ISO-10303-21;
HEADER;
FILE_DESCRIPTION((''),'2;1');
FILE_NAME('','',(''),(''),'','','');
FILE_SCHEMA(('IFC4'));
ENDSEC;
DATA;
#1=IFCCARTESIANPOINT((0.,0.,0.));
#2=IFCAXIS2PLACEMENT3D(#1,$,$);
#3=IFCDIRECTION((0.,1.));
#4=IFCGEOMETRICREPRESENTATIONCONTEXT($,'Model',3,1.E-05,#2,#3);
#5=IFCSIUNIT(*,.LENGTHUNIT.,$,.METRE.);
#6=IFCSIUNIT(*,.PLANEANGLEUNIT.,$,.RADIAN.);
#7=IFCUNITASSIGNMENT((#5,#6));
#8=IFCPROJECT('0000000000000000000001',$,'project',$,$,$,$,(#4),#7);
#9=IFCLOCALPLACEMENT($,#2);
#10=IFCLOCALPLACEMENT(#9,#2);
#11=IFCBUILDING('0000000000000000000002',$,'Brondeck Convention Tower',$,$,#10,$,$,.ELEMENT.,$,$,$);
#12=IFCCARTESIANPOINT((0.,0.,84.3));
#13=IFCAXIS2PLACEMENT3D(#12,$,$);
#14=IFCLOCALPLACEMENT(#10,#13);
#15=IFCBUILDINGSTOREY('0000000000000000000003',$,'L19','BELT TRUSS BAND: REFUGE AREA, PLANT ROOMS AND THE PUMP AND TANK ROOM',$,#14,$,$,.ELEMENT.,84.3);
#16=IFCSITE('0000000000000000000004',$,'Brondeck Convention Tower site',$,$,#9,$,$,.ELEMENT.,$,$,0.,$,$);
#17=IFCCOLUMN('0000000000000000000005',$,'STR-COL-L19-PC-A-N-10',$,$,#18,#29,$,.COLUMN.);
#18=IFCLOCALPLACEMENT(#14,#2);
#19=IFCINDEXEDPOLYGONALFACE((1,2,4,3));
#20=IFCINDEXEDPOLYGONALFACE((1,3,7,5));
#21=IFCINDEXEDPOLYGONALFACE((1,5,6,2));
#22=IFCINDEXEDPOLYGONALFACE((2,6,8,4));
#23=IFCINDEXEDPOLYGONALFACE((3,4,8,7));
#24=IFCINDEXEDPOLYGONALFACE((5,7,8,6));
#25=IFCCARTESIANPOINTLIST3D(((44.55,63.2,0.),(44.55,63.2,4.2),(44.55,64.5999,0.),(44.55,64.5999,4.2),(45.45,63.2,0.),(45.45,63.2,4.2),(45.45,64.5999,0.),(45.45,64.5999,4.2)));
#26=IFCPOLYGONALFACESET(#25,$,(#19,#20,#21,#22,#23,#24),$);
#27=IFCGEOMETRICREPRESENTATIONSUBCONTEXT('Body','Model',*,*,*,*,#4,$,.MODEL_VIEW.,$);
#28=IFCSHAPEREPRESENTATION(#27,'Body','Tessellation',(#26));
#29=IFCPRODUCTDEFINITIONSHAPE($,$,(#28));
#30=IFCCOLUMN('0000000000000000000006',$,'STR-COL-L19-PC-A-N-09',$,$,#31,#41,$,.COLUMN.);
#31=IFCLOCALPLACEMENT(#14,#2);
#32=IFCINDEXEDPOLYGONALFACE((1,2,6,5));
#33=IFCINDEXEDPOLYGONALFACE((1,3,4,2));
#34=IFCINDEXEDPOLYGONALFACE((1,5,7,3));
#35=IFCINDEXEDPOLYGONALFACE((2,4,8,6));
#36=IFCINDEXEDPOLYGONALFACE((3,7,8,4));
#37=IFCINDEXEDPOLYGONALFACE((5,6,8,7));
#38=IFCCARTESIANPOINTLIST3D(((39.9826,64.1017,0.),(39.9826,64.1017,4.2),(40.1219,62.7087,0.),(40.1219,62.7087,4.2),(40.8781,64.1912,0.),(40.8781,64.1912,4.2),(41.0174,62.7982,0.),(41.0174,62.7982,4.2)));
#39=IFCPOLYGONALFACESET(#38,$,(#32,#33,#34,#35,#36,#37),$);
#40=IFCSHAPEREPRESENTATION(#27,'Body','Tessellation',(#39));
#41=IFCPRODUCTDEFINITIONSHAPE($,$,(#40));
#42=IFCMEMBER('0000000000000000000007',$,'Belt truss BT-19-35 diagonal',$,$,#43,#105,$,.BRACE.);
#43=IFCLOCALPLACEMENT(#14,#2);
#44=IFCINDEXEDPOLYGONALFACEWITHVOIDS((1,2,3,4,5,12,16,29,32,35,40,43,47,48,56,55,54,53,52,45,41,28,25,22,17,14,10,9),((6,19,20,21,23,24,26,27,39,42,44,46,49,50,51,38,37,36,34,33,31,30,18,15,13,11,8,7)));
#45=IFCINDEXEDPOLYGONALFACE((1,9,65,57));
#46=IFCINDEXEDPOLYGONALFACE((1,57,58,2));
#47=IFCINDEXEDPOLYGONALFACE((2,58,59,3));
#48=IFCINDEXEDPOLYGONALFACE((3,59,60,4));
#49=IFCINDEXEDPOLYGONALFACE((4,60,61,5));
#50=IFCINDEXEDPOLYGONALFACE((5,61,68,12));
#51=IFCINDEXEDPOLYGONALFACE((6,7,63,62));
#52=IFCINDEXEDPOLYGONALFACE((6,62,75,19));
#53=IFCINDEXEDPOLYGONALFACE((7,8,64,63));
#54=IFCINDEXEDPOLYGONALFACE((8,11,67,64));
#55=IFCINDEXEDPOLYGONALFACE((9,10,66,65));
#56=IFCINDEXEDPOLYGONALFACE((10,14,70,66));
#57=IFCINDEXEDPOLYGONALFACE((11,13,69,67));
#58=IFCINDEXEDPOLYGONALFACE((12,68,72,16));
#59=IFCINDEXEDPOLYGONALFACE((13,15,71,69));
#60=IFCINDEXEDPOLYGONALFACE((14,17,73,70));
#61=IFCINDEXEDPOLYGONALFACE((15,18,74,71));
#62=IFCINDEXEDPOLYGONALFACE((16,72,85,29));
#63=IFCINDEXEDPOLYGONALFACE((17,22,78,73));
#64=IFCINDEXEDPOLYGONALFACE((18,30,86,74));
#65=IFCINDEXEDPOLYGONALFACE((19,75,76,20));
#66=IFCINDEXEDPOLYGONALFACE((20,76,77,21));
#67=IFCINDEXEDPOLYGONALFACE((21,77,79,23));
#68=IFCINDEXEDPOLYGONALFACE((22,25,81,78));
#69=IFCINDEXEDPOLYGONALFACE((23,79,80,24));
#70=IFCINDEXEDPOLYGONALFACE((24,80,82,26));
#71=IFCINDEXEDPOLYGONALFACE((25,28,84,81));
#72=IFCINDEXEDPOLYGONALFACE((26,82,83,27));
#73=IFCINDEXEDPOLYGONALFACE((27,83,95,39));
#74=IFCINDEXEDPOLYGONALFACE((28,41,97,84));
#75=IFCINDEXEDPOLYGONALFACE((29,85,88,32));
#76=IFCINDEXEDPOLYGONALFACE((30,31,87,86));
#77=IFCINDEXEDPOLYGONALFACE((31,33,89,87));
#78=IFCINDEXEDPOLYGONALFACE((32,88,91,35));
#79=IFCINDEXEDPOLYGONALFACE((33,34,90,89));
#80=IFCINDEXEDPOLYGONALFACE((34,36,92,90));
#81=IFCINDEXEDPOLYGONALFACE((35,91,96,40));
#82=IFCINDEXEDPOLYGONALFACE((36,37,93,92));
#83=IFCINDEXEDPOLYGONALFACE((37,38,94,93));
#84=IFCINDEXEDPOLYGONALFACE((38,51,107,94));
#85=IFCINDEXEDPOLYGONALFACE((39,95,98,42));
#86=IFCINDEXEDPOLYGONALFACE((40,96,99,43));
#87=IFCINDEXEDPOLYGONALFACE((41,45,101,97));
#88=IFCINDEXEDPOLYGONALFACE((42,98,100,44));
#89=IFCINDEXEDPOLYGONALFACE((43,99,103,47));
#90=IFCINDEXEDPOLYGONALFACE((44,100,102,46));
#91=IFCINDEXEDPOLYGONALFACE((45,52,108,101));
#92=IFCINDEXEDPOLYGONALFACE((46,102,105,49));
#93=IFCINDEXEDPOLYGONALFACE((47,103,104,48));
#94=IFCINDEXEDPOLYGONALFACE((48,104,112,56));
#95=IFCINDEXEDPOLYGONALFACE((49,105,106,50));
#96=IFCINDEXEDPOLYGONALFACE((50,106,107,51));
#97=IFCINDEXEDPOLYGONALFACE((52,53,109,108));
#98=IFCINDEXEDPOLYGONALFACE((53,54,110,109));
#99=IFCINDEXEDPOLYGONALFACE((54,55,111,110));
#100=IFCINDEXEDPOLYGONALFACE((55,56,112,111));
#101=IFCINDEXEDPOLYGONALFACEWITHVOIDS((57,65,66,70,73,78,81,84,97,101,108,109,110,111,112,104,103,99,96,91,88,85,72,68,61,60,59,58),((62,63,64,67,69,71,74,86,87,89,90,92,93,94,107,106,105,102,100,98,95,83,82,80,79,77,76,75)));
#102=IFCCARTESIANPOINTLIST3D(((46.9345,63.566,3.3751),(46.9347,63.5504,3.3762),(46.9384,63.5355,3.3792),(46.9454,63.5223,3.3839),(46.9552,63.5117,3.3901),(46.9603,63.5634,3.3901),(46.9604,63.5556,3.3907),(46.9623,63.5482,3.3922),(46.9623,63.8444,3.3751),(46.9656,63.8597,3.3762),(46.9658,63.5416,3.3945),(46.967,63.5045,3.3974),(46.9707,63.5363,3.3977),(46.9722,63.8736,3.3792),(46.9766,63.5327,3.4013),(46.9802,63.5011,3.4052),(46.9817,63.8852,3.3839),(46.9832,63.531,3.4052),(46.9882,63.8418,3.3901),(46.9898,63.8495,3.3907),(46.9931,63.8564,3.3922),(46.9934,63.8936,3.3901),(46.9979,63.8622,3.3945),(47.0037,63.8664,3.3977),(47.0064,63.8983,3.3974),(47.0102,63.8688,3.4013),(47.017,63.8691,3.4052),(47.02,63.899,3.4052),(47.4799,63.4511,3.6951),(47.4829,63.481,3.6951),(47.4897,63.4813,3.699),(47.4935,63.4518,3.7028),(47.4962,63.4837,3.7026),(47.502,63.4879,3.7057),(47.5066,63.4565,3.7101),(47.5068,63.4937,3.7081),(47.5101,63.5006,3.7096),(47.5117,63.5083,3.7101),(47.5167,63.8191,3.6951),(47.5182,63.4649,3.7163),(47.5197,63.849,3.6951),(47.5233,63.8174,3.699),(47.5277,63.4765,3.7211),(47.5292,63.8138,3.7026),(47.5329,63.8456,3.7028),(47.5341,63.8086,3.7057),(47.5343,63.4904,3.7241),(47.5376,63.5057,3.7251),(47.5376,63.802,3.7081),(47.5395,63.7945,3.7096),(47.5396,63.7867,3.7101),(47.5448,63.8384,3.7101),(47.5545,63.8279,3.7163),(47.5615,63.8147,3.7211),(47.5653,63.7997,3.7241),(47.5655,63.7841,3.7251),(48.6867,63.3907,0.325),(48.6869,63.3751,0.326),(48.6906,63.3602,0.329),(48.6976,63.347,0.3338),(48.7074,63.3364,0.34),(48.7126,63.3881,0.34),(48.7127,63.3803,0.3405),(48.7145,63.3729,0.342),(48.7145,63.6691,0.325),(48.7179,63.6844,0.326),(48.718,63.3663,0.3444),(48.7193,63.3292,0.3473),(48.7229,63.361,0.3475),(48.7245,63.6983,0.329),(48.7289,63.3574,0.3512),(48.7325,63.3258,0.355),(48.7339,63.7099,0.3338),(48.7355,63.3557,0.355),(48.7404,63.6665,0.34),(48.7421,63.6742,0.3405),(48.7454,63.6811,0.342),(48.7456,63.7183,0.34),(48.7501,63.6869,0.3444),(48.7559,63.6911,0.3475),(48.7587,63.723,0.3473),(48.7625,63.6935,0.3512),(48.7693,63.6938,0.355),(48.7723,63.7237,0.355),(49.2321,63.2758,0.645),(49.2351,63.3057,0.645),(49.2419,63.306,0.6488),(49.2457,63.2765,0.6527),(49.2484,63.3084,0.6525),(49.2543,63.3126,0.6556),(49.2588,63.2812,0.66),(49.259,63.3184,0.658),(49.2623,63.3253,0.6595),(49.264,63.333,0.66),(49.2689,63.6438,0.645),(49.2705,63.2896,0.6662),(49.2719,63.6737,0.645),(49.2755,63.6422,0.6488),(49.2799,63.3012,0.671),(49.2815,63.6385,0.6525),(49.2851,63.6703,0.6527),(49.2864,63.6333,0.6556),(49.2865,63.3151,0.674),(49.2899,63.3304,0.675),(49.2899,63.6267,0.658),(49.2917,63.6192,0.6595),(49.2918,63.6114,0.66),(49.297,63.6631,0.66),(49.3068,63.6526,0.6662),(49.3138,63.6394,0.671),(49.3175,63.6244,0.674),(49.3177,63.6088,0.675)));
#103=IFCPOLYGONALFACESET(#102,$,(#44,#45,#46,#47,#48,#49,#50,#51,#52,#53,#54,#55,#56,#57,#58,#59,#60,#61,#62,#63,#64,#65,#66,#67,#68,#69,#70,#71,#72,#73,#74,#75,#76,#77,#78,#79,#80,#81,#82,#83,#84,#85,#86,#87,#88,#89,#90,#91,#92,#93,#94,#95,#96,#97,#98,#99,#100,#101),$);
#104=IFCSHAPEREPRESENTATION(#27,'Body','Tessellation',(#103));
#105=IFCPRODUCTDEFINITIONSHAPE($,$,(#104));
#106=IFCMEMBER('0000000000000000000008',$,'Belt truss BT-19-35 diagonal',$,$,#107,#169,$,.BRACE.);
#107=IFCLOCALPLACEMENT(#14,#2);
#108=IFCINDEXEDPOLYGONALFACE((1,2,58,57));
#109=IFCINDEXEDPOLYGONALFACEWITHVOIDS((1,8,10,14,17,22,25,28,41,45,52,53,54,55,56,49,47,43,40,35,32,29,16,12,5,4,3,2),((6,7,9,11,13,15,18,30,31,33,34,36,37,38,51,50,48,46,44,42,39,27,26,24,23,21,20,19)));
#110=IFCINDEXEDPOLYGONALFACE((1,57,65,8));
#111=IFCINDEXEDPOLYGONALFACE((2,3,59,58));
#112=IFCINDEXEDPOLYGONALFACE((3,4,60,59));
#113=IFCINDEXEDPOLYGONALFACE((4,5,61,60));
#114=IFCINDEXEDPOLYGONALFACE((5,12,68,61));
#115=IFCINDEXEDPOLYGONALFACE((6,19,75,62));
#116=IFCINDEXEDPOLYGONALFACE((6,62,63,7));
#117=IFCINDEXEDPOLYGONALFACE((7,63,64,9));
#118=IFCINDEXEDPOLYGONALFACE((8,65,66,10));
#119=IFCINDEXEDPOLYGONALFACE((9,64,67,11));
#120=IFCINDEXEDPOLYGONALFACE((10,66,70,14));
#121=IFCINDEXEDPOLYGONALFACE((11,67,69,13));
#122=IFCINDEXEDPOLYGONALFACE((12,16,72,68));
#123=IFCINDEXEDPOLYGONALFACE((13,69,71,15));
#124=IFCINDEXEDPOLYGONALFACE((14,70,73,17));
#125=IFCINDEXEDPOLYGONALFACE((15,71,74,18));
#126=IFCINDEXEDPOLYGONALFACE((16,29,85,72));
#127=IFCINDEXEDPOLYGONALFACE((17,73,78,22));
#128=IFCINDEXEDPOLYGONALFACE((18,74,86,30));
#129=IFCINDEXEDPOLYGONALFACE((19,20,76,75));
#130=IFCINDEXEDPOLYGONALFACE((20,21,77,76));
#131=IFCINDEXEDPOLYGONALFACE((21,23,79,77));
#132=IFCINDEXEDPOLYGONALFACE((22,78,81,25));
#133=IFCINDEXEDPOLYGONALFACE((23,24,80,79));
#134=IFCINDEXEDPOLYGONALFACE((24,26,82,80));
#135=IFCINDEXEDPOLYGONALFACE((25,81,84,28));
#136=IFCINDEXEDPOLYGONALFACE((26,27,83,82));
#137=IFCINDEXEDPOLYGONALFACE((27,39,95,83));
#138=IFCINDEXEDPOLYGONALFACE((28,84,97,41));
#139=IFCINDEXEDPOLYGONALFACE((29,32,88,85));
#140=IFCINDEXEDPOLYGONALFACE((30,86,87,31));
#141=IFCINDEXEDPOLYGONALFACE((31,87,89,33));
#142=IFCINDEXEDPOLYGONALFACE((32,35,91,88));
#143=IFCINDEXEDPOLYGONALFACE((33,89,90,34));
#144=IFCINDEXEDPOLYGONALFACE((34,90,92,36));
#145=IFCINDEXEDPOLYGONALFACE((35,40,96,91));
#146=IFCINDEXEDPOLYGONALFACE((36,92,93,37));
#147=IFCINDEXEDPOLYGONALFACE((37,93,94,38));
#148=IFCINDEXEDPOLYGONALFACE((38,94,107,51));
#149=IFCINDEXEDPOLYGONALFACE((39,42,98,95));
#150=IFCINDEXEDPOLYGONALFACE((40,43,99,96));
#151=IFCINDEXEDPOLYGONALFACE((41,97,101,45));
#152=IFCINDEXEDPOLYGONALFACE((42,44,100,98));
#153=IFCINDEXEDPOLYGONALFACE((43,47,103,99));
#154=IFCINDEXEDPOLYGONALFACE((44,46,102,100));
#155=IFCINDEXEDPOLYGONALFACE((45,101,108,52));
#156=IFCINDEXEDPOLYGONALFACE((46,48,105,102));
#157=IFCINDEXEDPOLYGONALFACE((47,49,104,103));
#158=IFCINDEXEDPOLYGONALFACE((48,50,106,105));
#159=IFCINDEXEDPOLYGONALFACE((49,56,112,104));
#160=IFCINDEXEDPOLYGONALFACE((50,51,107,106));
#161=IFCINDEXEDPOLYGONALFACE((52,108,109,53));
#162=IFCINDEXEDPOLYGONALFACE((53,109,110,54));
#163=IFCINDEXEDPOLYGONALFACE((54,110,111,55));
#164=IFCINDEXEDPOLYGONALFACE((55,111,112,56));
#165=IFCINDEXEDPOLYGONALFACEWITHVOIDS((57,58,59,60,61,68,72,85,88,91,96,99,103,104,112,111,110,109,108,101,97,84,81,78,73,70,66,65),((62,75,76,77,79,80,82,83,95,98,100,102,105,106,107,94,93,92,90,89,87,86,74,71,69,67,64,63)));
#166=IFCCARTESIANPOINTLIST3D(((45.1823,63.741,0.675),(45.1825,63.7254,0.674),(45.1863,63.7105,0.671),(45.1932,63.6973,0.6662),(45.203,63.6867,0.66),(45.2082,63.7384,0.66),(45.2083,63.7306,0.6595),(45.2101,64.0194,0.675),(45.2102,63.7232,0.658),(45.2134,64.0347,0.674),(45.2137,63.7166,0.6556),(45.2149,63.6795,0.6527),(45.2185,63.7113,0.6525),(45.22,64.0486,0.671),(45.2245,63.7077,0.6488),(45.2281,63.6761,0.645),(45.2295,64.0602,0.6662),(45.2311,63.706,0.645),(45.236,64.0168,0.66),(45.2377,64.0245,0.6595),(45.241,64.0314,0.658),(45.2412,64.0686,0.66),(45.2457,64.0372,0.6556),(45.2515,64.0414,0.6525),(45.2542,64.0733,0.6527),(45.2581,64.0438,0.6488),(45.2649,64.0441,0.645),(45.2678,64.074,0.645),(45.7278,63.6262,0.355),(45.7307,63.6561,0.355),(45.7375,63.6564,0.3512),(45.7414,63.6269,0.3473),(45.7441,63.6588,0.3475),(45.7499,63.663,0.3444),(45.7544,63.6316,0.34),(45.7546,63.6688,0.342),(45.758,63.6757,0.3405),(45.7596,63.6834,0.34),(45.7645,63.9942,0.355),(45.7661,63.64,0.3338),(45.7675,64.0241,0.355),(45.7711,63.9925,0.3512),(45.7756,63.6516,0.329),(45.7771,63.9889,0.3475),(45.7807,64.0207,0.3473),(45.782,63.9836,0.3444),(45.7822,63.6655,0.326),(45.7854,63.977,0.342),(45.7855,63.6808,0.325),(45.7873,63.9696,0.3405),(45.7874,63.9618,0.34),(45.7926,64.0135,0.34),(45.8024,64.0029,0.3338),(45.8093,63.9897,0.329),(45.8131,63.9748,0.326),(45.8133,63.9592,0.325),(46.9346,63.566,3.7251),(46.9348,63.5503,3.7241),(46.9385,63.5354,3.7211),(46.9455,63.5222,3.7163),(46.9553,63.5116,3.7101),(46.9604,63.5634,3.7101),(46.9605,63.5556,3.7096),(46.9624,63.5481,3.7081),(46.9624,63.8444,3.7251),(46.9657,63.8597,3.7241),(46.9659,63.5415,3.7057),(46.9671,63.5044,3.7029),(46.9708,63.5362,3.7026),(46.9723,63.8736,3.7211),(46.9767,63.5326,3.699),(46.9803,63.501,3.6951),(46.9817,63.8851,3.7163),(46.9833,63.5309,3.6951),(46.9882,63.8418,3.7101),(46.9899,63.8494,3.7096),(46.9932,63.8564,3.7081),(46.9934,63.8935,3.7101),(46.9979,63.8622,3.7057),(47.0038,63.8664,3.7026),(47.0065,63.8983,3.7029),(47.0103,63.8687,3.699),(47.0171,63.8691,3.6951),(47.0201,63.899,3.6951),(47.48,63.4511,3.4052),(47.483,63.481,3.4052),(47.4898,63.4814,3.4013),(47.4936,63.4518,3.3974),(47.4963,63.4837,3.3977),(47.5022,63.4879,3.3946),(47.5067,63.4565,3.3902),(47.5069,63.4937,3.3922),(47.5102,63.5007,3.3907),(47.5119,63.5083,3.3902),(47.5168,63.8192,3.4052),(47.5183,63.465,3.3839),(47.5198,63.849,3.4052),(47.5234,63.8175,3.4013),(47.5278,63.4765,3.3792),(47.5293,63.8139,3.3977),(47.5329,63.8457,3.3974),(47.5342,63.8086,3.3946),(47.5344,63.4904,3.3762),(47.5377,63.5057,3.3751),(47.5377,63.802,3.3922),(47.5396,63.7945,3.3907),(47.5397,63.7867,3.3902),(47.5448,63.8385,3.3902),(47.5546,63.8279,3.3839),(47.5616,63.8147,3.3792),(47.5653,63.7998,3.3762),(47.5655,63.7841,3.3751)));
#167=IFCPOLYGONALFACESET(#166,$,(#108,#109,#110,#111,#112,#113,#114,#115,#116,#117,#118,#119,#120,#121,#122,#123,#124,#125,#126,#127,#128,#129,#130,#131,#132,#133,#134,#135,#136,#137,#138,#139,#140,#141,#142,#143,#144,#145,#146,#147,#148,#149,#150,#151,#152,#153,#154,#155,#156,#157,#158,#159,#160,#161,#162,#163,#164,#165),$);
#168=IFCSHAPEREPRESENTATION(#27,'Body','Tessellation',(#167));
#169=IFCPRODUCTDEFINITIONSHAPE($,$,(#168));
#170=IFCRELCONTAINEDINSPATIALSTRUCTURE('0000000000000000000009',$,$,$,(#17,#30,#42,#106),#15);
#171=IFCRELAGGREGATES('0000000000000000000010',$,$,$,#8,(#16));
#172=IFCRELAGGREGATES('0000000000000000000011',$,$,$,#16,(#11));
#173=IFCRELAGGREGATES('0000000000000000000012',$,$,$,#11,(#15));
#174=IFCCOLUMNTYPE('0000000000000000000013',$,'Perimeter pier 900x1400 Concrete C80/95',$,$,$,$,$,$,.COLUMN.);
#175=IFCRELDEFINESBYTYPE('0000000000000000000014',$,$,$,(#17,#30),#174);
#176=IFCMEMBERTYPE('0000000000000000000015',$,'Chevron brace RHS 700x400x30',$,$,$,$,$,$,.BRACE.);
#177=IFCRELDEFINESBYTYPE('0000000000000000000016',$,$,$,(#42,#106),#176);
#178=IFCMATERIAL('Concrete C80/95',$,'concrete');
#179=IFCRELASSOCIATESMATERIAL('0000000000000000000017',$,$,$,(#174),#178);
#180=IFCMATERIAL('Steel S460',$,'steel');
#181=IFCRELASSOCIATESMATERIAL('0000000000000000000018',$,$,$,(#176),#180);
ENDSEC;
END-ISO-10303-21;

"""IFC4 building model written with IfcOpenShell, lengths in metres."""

from ifc_helpers import new_model, si_unit, direction, frame, origin, origin_2d, place, context, subcontext, project, spatial, rectangle, hollow_rectangle, extrude, material, material_profile, profile_set, type_object, element, save


model = new_model("IFC4")

# Units and contexts
model_context = context("Model", 3, precision=1e-05, world=origin(), true_north=direction((0.0, 1.0)))
body_context = subcontext(model_context, "Body", "Model", "MODEL_VIEW")
ifc_project = project(units=[si_unit("LENGTHUNIT", "METRE"), si_unit("PLANEANGLEUNIT", "RADIAN")], contexts=[model_context])

# Site, building, storey
site_placement = place(None, origin())
site = spatial("IfcSite", under=ifc_project, at=site_placement, Name="Brondeck Convention Tower site", CompositionType="ELEMENT", RefElevation=0.0)
building_placement = place(site_placement, origin())
building = spatial("IfcBuilding", under=site, at=building_placement, Name="Brondeck Convention Tower", CompositionType="ELEMENT")
storey_placement = place(building_placement, frame((0.0, 0.0, 84.3)))
storey = spatial("IfcBuildingStorey", under=building, at=storey_placement, Name="L19", Description="BELT TRUSS BAND: REFUGE AREA, PLANT ROOMS AND THE PUMP AND TANK ROOM", CompositionType="ELEMENT", Elevation=84.3)

# Columns
ifc_material_1 = material(Name="Concrete C80/95", Category="concrete")
ifc_material_profile_1 = material_profile(ifc_material_1, rectangle(XDim=0.8999, YDim=1.3999, at=origin_2d()), Name="Perimeter pier 900x1400 Concrete C80/95")
ifc_profile_set_1 = profile_set([ifc_material_profile_1], Name="Concrete C80/95")
column_type = type_object("IfcColumnType", Name="Perimeter pier 900x1400 Concrete C80/95", PredefinedType="COLUMN", material=ifc_profile_set_1)
for number, where, z_axis, x_axis, name in (
    (1, (45.0, 63.8999, 0.0), (0.0, 0.0, 1.0), (-1.0, 0.0, 0.0), "STR-COL-L19-PC-A-N-10"),
    (2, (40.5, 63.45, 0.0), (0.0, 0.0, 1.0), (-0.995037, -0.099504, 0.0), "STR-COL-L19-PC-A-N-09"),
):
    element("IfcColumn", number, at=place(storey_placement, frame(where, z_axis=z_axis, x_axis=x_axis)), inside=storey, type_object=column_type, Name=name, PredefinedType="COLUMN", context=body_context, shape_type="SweptSolid", body=[
        extrude(rectangle(XDim=0.8999, YDim=1.3999, at=origin_2d()), origin(), (0.0, 0.0, 1.0), 4.2),
    ])

# Members
ifc_material_2 = material(Name="Steel S460", Category="steel")
ifc_material_profile_2 = material_profile(ifc_material_2, hollow_rectangle(XDim=0.3999, YDim=0.7, WallThickness=0.03, InnerFilletRadius=0.03, OuterFilletRadius=0.0601, at=origin_2d()), Name="RHS 700x400x30")
ifc_profile_set_2 = profile_set([ifc_material_profile_2], Name="Steel S460")
member_type_1 = type_object("IfcMemberType", Name="Chevron brace RHS 700x400x30", PredefinedType="BRACE", material=ifc_profile_set_2)
for number, where, z_axis, x_axis, name in (
    (3, (49.0022, 63.4998, 0.5), (-0.497516, 0.049772, 0.866026), (-0.099545, -0.995033, 0.0), "Belt truss BT-19-35 diagonal"),
    (4, (45.4978, 63.8501, 0.5), (0.497518, -0.049703, 0.866029), (0.099408, 0.995047, 0.0), "Belt truss BT-19-35 diagonal"),
):
    element("IfcMember", number, at=place(storey_placement, frame(where, z_axis=z_axis, x_axis=x_axis)), inside=storey, type_object=member_type_1, Name=name, PredefinedType="BRACE", context=body_context, shape_type="SweptSolid", body=[
        extrude(hollow_rectangle(XDim=0.3999, YDim=0.7, WallThickness=0.03, InnerFilletRadius=0.03, OuterFilletRadius=0.0601, at=origin_2d()), origin(), (0.0, 0.0, 1.0), 3.522),
    ])

save(model, "model.ifc")
